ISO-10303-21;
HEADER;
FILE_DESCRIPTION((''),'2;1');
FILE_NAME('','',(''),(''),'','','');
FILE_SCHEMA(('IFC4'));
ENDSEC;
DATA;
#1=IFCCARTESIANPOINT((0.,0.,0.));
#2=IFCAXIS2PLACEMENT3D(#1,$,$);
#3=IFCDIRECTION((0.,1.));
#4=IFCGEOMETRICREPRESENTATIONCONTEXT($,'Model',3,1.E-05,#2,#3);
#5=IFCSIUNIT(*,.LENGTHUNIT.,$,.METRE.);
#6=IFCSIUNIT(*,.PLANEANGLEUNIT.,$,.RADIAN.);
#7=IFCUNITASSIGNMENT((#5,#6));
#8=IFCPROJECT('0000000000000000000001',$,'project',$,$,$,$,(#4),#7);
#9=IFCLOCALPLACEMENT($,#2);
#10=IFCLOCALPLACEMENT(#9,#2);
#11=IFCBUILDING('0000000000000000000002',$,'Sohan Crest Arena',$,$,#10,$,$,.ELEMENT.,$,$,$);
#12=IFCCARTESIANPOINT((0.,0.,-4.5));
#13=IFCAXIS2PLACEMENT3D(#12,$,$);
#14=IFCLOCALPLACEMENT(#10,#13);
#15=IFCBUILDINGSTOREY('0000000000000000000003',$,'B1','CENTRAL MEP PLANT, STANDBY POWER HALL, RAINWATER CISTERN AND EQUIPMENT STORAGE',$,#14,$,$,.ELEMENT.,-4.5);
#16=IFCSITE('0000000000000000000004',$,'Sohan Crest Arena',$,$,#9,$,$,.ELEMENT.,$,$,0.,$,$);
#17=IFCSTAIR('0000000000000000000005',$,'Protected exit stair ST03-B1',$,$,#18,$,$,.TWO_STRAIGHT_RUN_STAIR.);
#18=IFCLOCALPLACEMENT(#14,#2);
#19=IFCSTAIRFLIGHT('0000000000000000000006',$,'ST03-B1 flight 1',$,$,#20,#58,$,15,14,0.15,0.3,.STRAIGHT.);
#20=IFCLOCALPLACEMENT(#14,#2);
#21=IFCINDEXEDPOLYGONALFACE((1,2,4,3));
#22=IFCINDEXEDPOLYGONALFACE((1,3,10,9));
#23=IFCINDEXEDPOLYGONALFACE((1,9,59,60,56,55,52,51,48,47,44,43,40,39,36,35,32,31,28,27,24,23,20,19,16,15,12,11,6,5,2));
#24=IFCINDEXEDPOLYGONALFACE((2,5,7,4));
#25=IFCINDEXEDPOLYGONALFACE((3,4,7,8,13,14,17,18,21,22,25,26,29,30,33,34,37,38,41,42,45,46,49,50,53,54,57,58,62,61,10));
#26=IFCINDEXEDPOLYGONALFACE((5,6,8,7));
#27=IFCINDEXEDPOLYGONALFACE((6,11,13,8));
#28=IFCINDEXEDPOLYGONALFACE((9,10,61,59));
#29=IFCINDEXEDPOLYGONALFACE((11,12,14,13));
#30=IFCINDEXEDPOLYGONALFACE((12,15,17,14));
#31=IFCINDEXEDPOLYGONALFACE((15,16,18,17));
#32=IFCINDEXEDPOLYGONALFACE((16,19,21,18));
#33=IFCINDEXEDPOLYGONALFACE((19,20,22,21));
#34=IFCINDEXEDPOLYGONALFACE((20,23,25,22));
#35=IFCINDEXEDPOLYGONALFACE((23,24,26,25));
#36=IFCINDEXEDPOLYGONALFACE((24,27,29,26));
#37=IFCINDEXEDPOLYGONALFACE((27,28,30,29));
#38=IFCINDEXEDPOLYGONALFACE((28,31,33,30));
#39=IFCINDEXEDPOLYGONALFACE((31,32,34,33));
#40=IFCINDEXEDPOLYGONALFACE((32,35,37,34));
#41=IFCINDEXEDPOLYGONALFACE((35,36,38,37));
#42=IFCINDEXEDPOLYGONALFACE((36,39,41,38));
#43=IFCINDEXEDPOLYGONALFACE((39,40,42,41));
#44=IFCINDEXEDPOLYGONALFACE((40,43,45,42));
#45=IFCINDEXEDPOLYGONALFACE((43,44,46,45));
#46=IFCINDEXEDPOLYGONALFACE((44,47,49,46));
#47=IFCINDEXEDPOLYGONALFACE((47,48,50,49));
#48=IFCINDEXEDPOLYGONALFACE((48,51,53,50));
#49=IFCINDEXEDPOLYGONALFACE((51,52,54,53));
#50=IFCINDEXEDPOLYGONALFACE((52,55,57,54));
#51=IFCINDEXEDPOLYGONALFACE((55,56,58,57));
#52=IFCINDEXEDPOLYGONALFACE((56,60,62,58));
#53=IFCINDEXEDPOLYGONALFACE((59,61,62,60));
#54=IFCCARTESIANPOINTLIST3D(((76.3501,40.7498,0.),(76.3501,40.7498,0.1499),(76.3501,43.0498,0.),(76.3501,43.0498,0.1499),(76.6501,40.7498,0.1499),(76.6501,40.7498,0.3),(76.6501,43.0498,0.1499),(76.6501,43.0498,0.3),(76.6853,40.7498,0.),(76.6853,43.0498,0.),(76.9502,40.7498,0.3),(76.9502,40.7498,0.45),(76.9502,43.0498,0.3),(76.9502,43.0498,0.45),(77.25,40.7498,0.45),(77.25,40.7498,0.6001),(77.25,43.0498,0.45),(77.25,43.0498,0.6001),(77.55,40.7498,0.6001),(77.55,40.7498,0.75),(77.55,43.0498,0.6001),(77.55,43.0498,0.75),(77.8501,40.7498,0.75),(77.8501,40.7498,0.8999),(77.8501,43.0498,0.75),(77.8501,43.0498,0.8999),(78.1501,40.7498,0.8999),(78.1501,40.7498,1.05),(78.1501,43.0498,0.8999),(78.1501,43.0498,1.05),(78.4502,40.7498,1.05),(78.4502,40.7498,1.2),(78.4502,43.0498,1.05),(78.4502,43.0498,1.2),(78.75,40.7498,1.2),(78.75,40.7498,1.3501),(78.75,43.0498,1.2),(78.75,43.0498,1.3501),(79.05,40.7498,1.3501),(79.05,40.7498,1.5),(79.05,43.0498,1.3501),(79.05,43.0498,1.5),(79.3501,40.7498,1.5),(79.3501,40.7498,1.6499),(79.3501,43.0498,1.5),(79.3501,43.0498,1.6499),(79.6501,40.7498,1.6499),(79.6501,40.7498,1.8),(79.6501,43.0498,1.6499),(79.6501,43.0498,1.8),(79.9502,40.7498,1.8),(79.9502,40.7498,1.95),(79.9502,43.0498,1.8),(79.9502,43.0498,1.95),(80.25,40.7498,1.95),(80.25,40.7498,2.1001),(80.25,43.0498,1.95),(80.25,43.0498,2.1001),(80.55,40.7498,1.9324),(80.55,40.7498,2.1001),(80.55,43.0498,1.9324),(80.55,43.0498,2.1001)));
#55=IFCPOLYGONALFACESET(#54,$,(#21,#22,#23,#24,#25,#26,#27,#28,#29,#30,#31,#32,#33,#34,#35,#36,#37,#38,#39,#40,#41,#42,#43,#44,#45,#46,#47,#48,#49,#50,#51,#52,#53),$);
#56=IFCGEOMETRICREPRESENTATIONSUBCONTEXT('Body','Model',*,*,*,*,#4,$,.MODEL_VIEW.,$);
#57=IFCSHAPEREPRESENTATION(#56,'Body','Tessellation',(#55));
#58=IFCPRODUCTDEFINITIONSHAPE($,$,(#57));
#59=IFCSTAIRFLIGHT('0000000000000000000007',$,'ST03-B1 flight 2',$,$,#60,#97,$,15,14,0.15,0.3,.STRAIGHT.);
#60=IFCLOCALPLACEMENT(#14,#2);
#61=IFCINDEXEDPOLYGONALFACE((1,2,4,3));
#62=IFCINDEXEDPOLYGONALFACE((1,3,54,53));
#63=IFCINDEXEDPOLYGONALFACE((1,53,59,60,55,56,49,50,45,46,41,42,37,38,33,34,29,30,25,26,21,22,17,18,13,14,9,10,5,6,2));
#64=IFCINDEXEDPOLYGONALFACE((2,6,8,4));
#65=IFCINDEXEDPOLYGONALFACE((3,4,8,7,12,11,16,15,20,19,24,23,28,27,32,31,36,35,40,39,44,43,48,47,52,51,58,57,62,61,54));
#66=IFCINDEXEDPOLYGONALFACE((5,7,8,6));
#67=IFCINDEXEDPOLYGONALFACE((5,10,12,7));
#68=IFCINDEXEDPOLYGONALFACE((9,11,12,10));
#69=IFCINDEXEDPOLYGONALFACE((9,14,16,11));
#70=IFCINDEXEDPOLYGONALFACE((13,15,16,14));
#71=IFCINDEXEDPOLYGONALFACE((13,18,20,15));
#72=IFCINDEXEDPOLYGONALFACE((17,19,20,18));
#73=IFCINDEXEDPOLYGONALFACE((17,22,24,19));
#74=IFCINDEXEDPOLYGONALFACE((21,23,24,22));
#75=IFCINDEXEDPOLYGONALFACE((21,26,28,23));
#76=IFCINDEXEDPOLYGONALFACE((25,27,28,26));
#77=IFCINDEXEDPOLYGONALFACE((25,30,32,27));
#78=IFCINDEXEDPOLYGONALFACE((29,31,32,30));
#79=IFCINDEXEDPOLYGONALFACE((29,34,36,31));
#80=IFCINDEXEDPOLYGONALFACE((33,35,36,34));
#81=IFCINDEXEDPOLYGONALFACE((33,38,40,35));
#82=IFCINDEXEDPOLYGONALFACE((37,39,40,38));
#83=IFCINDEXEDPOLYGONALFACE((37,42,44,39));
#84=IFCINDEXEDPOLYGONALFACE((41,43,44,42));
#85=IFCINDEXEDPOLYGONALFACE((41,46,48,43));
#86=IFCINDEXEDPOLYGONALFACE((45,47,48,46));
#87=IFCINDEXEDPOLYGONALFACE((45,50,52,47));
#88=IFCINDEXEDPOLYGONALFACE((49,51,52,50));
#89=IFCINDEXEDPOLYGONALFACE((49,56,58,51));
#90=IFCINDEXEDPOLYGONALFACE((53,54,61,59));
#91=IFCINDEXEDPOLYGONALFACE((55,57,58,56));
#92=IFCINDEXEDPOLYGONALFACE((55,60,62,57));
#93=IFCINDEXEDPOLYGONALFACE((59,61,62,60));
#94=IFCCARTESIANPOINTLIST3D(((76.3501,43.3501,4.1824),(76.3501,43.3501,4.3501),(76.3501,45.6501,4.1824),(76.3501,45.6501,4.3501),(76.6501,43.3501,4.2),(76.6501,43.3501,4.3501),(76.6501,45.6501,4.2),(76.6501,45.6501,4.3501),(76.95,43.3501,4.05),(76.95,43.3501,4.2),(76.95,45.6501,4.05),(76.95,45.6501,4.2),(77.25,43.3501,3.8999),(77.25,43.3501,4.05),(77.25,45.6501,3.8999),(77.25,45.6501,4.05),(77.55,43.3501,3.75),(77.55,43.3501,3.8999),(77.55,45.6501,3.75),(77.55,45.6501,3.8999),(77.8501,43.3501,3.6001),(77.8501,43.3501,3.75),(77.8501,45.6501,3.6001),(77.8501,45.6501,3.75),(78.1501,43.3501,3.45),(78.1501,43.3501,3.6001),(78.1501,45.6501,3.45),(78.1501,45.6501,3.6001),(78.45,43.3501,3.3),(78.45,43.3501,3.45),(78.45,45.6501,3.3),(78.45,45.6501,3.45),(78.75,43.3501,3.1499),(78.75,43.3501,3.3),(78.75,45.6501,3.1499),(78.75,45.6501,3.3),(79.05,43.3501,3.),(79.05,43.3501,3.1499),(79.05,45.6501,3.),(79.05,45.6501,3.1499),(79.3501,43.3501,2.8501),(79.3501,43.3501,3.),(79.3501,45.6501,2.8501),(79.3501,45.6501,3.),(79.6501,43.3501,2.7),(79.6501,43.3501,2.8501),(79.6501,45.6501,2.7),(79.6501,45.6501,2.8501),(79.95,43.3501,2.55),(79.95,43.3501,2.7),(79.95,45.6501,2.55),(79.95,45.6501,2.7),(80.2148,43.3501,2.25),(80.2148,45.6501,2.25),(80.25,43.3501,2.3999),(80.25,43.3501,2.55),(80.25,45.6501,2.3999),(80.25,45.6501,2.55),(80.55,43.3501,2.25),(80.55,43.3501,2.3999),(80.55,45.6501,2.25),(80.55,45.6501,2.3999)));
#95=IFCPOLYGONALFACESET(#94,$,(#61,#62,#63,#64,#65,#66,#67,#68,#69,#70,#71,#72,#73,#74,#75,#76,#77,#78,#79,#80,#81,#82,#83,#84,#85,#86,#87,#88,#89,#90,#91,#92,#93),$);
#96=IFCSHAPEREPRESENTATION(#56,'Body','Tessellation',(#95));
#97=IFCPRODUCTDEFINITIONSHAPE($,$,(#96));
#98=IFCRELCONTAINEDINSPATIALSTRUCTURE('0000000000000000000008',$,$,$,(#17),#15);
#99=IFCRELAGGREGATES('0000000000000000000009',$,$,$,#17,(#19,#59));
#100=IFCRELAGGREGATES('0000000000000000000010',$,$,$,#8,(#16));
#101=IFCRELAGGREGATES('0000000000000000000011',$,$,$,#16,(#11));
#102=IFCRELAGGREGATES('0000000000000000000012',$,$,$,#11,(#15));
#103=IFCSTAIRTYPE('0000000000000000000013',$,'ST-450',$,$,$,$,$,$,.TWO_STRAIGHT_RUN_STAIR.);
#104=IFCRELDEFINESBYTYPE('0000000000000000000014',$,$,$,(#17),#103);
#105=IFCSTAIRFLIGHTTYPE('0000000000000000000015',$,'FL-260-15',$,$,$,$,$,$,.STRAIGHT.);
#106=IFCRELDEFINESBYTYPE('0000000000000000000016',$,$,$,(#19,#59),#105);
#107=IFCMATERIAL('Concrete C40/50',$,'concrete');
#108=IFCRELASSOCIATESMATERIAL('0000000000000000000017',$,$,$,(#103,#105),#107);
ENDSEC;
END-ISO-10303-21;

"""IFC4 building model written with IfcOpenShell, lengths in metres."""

from ifc_helpers import new_model, si_unit, direction, frame, origin, place, context, subcontext, project, spatial, polyline, outline, extrude, material, type_object, element, aggregate, save


model = new_model("IFC4")

# Units and contexts
model_context = context("Model", 3, precision=1e-05, world=origin(), true_north=direction((0.0, 1.0)))
body_context = subcontext(model_context, "Body", "Model", "MODEL_VIEW")
ifc_project = project(units=[si_unit("LENGTHUNIT", "METRE"), si_unit("PLANEANGLEUNIT", "RADIAN")], contexts=[model_context])

# Site, building, storey
site_placement = place(None, origin())
site = spatial("IfcSite", under=ifc_project, at=site_placement, Name="Sohan Crest Arena", CompositionType="ELEMENT", RefElevation=0.0)
building_placement = place(site_placement, origin())
building = spatial("IfcBuilding", under=site, at=building_placement, Name="Sohan Crest Arena", CompositionType="ELEMENT")
storey_placement = place(building_placement, frame((0.0, 0.0, -4.5)))
storey = spatial("IfcBuildingStorey", under=building, at=storey_placement, Name="B1", Description="CENTRAL MEP PLANT, STANDBY POWER HALL, RAINWATER CISTERN AND EQUIPMENT STORAGE", CompositionType="ELEMENT", Elevation=-4.5)

# Shared definitions
ifc_material_1 = material(Name="Concrete C40/50", Category="concrete")

# Stair, stair flights
stair_type = type_object("IfcStairType", Name="ST-450", PredefinedType="TWO_STRAIGHT_RUN_STAIR", material=ifc_material_1)
stair_placement = place(storey_placement, origin())
stair = element("IfcStair", 1, at=stair_placement, inside=storey, type_object=stair_type, Name="Protected exit stair ST03-B1", PredefinedType="TWO_STRAIGHT_RUN_STAIR")
stair_flight_type = type_object("IfcStairFlightType", Name="FL-260-15", PredefinedType="STRAIGHT", material=ifc_material_1)
stair_flight_1_placement = place(storey_placement, frame((76.3501, 41.8999, 0.0), z_axis=(0.0, 0.0, 1.0), x_axis=(1.0, 0.0, 0.0)))
stair_flight_1 = element("IfcStairFlight", 2, at=stair_flight_1_placement, type_object=stair_flight_type, Name="ST03-B1 flight 1", NumberOfRisers=15, NumberOfTreads=14, PredefinedType="STRAIGHT", RiserHeight=0.15, TreadLength=0.3, context=body_context, shape_type="SweptSolid", body=[
    extrude(outline(polyline([(0.0, 0.0), (0.0, 0.1499), (0.3, 0.1499), (0.3, 0.3), (0.6001, 0.3), (0.6001, 0.45), (0.8999, 0.45), (0.8999, 0.6001), (1.2, 0.6001), (1.2, 0.75), (1.5, 0.75), (1.5, 0.8999), (1.8, 0.8999), (1.8, 1.05), (2.1001, 1.05), (2.1001, 1.2), (2.3999, 1.2), (2.3999, 1.3501), (2.7, 1.3501), (2.7, 1.5), (3.0, 1.5), (3.0, 1.6499), (3.3, 1.6499), (3.3, 1.8), (3.6001, 1.8), (3.6001, 1.95), (3.8999, 1.95), (3.8999, 2.1001), (4.2, 2.1001), (4.2, 2.25), (4.2, 1.9324), (0.3352, 0.0), (0.0, 0.0)])), frame((0.0, 1.1499, 0.0), z_axis=(0.0, -1.0, 0.0), x_axis=(1.0, 0.0, 0.0)), (0.0, 0.0, 1.0), 2.3),
])
stair_flight_2_placement = place(storey_placement, frame((80.55, 44.5, 2.25), z_axis=(0.0, 0.0, 1.0), x_axis=(-1.0, 0.0, 0.0)))
stair_flight_2 = element("IfcStairFlight", 3, at=stair_flight_2_placement, type_object=stair_flight_type, Name="ST03-B1 flight 2", NumberOfRisers=15, NumberOfTreads=14, PredefinedType="STRAIGHT", RiserHeight=0.15, TreadLength=0.3, context=body_context, shape_type="SweptSolid", body=[
    extrude(outline(polyline([(0.0, 0.0), (0.0, 0.1499), (0.3, 0.1499), (0.3, 0.3), (0.6001, 0.3), (0.6001, 0.45), (0.8999, 0.45), (0.8999, 0.6001), (1.2, 0.6001), (1.2, 0.75), (1.5, 0.75), (1.5, 0.8999), (1.8, 0.8999), (1.8, 1.05), (2.1001, 1.05), (2.1001, 1.2), (2.3999, 1.2), (2.3999, 1.3501), (2.7, 1.3501), (2.7, 1.5), (3.0, 1.5), (3.0, 1.6499), (3.3, 1.6499), (3.3, 1.8), (3.6001, 1.8), (3.6001, 1.95), (3.8999, 1.95), (3.8999, 2.1001), (4.2, 2.1001), (4.2, 2.25), (4.2, 1.9324), (0.3352, 0.0), (0.0, 0.0)])), frame((0.0, 1.1499, 0.0), z_axis=(0.0, -1.0, 0.0), x_axis=(1.0, 0.0, 0.0)), (0.0, 0.0, 1.0), 2.3),
])
aggregate(stair, [stair_flight_1, stair_flight_2])

save(model, "model.ifc")
